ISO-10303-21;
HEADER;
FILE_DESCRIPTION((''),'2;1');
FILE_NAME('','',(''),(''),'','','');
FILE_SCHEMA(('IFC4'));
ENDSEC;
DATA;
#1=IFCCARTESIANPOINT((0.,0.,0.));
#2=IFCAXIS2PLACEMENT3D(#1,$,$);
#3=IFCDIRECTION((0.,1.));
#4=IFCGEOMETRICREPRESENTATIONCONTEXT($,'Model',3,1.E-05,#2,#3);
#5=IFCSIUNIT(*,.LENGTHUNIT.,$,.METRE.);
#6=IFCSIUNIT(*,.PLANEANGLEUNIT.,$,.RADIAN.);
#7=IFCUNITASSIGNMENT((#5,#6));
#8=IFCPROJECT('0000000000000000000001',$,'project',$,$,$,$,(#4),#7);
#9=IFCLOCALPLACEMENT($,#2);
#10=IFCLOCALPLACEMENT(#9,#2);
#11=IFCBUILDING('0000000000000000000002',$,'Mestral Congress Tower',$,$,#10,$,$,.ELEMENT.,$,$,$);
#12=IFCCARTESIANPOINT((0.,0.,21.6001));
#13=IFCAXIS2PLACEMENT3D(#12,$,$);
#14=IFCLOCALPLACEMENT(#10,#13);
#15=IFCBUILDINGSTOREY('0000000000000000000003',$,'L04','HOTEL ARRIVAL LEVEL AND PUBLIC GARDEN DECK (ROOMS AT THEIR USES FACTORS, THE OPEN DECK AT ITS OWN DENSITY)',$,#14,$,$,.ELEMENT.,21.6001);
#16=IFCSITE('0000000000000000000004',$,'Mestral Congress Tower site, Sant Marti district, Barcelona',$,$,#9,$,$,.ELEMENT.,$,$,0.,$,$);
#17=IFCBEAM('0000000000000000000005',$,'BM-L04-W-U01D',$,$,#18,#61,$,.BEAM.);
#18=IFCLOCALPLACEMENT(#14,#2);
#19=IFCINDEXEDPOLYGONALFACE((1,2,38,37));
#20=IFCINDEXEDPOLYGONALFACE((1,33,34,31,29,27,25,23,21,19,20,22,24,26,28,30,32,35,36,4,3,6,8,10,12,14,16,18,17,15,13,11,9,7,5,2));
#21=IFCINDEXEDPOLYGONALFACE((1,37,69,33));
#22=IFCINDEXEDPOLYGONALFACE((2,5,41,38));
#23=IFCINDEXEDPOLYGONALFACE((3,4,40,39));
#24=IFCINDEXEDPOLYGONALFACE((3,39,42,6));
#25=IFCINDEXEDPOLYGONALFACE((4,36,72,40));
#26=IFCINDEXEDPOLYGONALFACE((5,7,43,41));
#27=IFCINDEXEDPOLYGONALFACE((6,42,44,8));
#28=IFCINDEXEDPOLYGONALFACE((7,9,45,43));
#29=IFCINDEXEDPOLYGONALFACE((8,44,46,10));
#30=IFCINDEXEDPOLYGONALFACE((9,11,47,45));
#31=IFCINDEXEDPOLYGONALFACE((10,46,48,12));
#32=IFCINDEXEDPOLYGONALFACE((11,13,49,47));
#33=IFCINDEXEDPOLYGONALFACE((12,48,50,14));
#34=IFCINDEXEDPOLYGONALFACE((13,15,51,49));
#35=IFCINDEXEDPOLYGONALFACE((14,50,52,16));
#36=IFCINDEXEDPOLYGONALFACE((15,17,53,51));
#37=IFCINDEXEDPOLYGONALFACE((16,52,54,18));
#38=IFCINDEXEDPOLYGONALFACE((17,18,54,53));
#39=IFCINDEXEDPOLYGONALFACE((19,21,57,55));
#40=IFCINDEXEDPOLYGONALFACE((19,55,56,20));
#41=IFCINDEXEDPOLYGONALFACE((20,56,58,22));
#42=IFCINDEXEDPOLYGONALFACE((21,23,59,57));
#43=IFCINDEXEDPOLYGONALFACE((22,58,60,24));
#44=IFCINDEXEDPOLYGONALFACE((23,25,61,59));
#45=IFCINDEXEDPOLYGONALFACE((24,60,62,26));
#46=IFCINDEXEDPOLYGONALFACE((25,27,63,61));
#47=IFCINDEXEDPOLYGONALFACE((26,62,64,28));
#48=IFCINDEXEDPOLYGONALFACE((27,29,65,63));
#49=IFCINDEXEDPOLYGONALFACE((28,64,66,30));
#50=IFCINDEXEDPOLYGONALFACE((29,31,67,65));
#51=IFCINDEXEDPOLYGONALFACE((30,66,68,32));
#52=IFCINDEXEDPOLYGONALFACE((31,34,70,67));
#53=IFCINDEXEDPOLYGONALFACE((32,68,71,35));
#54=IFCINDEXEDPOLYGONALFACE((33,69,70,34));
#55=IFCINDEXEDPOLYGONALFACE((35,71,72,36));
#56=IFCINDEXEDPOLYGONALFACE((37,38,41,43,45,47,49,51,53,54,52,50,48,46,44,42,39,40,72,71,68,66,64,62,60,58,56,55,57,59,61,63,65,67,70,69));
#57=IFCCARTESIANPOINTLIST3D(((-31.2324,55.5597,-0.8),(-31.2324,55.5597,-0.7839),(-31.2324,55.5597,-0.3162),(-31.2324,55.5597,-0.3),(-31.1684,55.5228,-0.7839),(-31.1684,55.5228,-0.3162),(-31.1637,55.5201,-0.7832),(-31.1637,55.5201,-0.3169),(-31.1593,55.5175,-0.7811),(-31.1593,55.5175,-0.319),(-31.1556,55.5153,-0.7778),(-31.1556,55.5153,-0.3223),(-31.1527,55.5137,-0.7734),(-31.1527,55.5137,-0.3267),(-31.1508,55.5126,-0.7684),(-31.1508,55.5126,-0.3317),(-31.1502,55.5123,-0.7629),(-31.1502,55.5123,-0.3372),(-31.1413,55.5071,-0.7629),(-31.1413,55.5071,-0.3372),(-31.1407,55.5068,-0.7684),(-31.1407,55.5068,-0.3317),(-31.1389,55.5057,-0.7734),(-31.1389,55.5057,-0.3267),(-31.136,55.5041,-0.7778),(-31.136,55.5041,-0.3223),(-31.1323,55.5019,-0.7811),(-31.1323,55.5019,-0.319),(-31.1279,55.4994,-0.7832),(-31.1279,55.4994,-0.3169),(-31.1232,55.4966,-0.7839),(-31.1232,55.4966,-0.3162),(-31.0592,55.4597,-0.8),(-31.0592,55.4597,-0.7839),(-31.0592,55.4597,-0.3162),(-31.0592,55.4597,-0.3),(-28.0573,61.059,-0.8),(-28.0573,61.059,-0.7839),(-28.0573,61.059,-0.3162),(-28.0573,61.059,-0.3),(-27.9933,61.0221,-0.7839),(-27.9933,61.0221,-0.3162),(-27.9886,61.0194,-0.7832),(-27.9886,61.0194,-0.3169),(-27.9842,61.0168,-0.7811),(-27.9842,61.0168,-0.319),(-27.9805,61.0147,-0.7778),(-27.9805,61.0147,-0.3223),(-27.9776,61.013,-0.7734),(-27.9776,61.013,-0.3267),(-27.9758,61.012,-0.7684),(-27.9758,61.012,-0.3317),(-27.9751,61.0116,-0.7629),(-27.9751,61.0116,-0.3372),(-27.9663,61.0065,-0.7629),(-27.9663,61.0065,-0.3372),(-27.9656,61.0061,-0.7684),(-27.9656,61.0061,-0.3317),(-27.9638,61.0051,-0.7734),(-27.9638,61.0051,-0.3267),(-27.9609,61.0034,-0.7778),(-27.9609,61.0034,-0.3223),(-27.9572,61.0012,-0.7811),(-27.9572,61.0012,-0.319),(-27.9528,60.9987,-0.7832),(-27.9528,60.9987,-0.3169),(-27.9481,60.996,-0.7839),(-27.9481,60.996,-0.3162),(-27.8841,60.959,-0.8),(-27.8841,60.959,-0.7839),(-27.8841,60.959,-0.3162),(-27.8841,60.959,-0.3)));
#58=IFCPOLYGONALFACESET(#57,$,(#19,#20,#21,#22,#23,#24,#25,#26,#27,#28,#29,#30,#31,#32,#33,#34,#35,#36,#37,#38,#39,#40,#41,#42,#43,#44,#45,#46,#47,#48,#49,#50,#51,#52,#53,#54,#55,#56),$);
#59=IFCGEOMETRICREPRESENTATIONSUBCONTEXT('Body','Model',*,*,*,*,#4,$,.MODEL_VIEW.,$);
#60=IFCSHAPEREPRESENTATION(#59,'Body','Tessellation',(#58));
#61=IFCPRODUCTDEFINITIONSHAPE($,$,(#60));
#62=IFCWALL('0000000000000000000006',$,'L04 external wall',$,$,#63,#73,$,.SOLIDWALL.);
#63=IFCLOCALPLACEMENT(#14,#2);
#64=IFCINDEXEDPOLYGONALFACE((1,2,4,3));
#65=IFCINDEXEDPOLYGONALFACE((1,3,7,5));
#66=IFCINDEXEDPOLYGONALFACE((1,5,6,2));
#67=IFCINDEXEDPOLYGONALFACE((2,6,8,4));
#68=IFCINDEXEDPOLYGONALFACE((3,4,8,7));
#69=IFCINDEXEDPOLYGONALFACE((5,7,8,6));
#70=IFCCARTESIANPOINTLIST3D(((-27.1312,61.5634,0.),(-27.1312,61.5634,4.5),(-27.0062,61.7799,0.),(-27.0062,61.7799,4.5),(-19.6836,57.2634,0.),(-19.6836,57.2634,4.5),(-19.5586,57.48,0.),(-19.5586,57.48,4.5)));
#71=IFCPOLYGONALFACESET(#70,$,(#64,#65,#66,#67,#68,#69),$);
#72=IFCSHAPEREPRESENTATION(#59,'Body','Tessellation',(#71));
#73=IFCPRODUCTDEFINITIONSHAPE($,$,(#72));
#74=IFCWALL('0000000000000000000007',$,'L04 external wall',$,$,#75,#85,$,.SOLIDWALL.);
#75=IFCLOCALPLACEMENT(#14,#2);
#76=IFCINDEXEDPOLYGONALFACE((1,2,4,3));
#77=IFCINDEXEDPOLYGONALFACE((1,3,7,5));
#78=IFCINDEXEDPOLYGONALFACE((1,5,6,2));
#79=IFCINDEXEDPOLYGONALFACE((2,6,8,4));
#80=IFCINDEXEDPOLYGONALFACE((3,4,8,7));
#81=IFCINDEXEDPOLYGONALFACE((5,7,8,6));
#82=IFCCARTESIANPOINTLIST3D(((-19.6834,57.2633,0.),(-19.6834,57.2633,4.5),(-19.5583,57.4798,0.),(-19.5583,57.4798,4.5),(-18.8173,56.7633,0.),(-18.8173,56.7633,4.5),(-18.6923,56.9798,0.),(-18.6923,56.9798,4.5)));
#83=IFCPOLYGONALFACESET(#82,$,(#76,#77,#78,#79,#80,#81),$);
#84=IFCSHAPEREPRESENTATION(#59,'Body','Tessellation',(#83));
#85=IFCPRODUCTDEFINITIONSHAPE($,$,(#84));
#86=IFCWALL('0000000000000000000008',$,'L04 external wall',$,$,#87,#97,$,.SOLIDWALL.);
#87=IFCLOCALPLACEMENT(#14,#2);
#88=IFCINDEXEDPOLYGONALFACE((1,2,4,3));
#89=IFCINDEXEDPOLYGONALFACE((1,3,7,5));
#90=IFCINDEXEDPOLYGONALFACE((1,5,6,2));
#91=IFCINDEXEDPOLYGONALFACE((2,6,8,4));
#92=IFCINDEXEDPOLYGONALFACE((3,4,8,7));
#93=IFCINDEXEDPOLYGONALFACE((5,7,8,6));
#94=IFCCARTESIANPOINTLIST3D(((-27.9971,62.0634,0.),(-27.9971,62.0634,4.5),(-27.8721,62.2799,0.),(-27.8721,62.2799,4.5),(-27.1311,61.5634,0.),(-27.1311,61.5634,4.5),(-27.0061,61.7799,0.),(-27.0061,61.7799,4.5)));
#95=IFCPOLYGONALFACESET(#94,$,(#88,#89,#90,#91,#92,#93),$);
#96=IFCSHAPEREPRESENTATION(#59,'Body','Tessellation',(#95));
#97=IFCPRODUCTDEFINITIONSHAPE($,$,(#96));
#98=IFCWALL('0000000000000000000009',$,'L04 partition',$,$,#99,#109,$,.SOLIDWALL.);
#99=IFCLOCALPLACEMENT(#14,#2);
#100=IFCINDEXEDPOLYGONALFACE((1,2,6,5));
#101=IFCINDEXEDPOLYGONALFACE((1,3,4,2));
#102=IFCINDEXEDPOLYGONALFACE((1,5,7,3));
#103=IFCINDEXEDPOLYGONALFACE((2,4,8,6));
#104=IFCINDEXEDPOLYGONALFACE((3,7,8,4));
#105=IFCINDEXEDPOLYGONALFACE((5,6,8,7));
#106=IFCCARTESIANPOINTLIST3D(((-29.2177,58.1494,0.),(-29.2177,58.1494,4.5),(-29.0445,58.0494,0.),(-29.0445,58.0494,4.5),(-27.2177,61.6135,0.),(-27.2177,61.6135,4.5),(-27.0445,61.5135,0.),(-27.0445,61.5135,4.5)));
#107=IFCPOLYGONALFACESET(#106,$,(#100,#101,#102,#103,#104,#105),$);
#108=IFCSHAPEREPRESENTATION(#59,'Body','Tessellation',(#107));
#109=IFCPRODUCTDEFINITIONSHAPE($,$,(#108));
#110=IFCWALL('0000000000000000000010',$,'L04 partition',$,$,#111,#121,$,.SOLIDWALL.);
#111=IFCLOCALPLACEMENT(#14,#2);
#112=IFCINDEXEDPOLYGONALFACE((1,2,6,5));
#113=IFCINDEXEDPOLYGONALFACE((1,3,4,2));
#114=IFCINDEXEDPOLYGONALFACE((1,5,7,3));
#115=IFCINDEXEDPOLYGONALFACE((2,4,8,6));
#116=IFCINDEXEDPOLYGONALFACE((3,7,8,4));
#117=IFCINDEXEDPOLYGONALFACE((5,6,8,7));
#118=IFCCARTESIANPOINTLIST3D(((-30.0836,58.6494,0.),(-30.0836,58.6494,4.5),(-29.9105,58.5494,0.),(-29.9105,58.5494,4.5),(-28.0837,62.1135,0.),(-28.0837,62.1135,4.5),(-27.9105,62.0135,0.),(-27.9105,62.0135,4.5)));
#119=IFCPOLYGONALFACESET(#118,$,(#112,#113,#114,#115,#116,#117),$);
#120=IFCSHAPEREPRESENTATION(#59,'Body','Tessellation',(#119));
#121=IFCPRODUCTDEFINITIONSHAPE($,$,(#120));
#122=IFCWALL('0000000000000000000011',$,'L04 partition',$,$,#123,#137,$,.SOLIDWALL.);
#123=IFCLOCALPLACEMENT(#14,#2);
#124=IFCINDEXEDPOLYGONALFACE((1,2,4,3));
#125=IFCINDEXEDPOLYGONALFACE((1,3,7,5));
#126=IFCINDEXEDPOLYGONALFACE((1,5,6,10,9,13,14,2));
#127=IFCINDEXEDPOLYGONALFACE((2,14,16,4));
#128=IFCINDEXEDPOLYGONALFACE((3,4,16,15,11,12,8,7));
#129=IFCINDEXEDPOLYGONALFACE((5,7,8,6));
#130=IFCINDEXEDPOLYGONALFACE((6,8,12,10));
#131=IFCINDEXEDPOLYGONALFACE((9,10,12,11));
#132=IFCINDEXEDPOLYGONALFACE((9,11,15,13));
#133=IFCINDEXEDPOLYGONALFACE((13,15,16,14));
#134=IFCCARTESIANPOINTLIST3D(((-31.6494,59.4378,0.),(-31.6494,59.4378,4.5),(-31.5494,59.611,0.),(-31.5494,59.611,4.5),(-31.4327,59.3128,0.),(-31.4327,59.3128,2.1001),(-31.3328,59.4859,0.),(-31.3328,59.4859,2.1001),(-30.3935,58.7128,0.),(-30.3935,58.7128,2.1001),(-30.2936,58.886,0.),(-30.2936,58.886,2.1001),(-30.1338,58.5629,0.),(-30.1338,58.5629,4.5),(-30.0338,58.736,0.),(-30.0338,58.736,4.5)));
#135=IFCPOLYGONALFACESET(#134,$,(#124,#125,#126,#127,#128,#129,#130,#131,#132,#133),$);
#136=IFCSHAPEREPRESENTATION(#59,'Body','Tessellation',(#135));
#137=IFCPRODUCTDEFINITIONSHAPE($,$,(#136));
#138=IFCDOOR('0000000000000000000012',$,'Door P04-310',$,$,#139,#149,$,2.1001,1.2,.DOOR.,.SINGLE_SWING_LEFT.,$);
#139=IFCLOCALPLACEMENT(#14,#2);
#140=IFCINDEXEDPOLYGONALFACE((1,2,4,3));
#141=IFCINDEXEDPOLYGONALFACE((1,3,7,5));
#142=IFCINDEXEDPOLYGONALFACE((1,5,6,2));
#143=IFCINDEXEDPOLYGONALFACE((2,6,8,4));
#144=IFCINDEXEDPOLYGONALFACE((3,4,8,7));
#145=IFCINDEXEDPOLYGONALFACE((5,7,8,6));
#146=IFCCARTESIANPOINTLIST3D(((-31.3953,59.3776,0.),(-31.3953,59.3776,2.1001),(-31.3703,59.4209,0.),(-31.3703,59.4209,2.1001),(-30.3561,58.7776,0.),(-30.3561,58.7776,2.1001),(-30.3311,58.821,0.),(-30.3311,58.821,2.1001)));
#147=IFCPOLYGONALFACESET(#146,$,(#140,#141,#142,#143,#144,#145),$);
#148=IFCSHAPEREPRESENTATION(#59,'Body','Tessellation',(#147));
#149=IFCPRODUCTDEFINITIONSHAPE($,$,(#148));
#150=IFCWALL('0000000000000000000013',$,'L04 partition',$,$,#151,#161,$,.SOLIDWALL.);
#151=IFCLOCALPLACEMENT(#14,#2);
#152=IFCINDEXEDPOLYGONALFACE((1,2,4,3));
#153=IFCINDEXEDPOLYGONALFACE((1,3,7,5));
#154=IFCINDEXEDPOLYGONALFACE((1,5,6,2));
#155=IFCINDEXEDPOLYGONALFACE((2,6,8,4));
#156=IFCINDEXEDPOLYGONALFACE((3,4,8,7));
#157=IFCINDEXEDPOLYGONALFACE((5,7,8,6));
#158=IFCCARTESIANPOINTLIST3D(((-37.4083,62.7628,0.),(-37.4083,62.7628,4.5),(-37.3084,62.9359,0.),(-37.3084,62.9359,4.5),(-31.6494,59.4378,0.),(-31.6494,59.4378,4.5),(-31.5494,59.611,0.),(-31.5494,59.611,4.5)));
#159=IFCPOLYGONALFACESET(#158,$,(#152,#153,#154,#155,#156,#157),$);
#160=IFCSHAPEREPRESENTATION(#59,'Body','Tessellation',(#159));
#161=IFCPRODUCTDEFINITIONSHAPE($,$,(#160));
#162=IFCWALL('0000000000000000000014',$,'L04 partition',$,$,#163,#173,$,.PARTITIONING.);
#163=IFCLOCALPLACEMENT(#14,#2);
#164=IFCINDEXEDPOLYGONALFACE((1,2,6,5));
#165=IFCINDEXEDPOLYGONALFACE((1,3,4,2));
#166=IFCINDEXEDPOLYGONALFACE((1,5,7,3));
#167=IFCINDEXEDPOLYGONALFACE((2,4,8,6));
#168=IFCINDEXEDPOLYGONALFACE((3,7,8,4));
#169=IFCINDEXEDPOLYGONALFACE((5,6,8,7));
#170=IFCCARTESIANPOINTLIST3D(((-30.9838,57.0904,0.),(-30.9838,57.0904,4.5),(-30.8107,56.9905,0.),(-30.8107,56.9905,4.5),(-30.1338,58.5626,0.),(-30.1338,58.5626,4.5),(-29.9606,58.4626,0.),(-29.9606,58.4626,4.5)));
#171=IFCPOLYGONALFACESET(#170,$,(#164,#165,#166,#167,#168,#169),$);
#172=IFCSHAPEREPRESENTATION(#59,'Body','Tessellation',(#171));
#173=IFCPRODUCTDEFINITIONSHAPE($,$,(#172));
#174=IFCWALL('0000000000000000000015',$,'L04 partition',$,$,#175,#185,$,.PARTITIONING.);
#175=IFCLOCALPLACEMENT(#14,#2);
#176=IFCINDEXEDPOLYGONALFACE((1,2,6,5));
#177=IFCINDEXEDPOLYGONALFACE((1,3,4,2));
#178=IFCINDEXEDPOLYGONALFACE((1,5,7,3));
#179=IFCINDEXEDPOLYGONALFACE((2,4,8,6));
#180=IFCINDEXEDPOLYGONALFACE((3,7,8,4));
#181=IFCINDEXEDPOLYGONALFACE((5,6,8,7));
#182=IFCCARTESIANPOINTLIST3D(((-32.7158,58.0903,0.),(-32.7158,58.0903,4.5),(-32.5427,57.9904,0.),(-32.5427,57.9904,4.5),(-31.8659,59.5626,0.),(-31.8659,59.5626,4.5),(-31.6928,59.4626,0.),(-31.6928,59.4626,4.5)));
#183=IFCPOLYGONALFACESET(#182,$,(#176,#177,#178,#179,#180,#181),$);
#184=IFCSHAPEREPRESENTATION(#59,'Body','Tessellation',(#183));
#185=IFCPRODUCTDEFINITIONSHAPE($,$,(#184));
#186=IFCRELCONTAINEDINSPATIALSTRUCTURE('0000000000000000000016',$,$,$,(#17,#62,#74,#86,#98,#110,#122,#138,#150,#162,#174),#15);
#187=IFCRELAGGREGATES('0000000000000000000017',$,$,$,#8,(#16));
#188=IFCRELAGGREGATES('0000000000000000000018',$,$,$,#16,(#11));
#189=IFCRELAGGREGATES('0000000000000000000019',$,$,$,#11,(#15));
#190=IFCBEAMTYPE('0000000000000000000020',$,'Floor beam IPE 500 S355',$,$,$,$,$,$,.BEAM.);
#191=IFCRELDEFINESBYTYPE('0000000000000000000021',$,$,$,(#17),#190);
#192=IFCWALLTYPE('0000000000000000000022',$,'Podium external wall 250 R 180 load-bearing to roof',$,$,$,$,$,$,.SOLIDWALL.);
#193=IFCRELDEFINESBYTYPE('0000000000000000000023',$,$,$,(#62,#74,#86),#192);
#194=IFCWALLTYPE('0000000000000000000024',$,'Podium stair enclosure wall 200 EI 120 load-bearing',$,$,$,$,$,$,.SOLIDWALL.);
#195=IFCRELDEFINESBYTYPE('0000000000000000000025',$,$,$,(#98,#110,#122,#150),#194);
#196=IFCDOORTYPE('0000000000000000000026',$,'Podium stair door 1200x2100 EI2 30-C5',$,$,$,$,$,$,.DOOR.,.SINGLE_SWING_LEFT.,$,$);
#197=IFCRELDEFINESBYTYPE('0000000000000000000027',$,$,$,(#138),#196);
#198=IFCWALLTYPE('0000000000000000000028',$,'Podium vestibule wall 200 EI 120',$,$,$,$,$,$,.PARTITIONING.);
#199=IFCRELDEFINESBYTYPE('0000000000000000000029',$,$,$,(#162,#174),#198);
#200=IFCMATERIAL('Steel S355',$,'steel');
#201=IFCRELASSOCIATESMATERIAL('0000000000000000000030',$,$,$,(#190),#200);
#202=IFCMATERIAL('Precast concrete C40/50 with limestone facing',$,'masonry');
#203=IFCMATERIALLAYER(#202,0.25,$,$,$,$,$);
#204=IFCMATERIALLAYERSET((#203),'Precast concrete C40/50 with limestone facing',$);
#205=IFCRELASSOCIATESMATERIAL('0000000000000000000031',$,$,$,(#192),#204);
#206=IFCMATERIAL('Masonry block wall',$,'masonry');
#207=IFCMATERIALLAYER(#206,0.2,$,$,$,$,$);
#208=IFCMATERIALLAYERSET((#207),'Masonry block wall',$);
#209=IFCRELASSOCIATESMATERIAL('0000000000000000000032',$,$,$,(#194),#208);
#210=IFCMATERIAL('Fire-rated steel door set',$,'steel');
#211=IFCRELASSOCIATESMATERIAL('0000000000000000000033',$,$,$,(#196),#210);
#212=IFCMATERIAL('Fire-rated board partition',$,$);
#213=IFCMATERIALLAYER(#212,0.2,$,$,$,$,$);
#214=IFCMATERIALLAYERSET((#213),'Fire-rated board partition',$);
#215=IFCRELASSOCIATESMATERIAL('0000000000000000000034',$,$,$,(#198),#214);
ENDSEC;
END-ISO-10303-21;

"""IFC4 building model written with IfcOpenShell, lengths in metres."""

from ifc_helpers import new_model, si_unit, direction, frame, frame_2d, origin, origin_2d, place, context, subcontext, project, spatial, rectangle, i_section, extrude, material, layer, layer_set, material_profile, profile_set, type_object, element, fill, save


model = new_model("IFC4")

# Units and contexts
model_context = context("Model", 3, precision=1e-05, world=origin(), true_north=direction((0.0, 1.0)))
body_context = subcontext(model_context, "Body", "Model", "MODEL_VIEW")
ifc_project = project(units=[si_unit("LENGTHUNIT", "METRE"), si_unit("PLANEANGLEUNIT", "RADIAN")], contexts=[model_context])

# Site, building, storey
site_placement = place(None, origin())
site = spatial("IfcSite", under=ifc_project, at=site_placement, Name="Mestral Congress Tower site, Sant Marti district, Barcelona", CompositionType="ELEMENT", RefElevation=0.0)
building_placement = place(site_placement, origin())
building = spatial("IfcBuilding", under=site, at=building_placement, Name="Mestral Congress Tower", CompositionType="ELEMENT")
storey_placement = place(building_placement, frame((0.0, 0.0, 21.6001)))
storey = spatial("IfcBuildingStorey", under=building, at=storey_placement, Name="L04", Description="HOTEL ARRIVAL LEVEL AND PUBLIC GARDEN DECK (ROOMS AT THEIR USES FACTORS, THE OPEN DECK AT ITS OWN DENSITY)", CompositionType="ELEMENT", Elevation=21.6001)

# Beam
ifc_material_1 = material(Name="Steel S355", Category="steel")
ifc_material_profile = material_profile(ifc_material_1, i_section(OverallWidth=0.2, OverallDepth=0.5, WebThickness=0.0103, FlangeThickness=0.0161, FilletRadius=0.021, at=origin_2d()), Name="IPE 500")
ifc_profile_set = profile_set([ifc_material_profile], Name="Steel S355")
beam_type = type_object("IfcBeamType", Name="Floor beam IPE 500 S355", PredefinedType="BEAM", material=ifc_profile_set)
beam_placement = place(storey_placement, frame((-27.9707, 61.009, -0.55), z_axis=(-0.500005, -0.866022, 0.0), x_axis=(0.866022, -0.500005, 0.0)))
element("IfcBeam", 1, at=beam_placement, inside=storey, type_object=beam_type, Name="BM-L04-W-U01D", PredefinedType="BEAM", context=body_context, shape_type="SweptSolid", body=[
    extrude(i_section(OverallWidth=0.2, OverallDepth=0.5, WebThickness=0.0103, FlangeThickness=0.0161, FilletRadius=0.021, at=origin_2d()), origin(), (0.0, 0.0, 1.0), 6.3501),
])

# Walls
ifc_material_2 = material(Name="Precast concrete C40/50 with limestone facing", Category="masonry")
ifc_layer_1 = layer(ifc_material_2, 0.25)
ifc_layer_set_1 = layer_set([ifc_layer_1], Name="Precast concrete C40/50 with limestone facing")
wall_type_1 = type_object("IfcWallType", Name="Podium external wall 250 R 180 load-bearing to roof", PredefinedType="SOLIDWALL", material=ifc_layer_set_1)
wall_1_placement = place(storey_placement, frame((-27.0686, 61.6716, 0.0), z_axis=(0.0, 0.0, 1.0), x_axis=(0.866021, -0.500008, 0.0)))
element("IfcWall", 2, at=wall_1_placement, inside=storey, type_object=wall_type_1, Name="L04 external wall", PredefinedType="SOLIDWALL", context=body_context, shape_type="SweptSolid", body=[
    extrude(rectangle(XDim=8.5999, YDim=0.25, at=frame_2d((4.2998, 0.0))), origin(), (0.0, 0.0, 1.0), 4.5),
])
for number, where, z_axis, x_axis, name in (
    (3, (-19.6208, 57.3716, 0.0), (0.0, 0.0, 1.0), (0.866011, -0.500025, 0.0), "L04 external wall"),
    (4, (-27.9346, 62.1716, 0.0), (0.0, 0.0, 1.0), (0.866011, -0.500025, 0.0), "L04 external wall"),
):
    element("IfcWall", number, at=place(storey_placement, frame(where, z_axis=z_axis, x_axis=x_axis)), inside=storey, type_object=wall_type_1, Name=name, PredefinedType="SOLIDWALL", context=body_context, shape_type="SweptSolid", body=[
        extrude(rectangle(XDim=1.0, YDim=0.25, at=frame_2d((0.5, 0.0))), origin(), (0.0, 0.0, 1.0), 4.5),
    ])
ifc_material_3 = material(Name="Masonry block wall", Category="masonry")
ifc_layer_2 = layer(ifc_material_3, 0.2)
ifc_layer_set_2 = layer_set([ifc_layer_2], Name="Masonry block wall")
wall_type_2 = type_object("IfcWallType", Name="Podium stair enclosure wall 200 EI 120 load-bearing", PredefinedType="SOLIDWALL", material=ifc_layer_set_2)
for number, where, z_axis, x_axis, name in (
    (5, (-27.1311, 61.5635, 0.0), (0.0, 0.0, 1.0), (-0.499999, -0.866026, 0.0), "L04 partition"),
    (6, (-27.9971, 62.0635, 0.0), (0.0, 0.0, 1.0), (-0.499999, -0.866026, 0.0), "L04 partition"),
):
    element("IfcWall", number, at=place(storey_placement, frame(where, z_axis=z_axis, x_axis=x_axis)), inside=storey, type_object=wall_type_2, Name=name, PredefinedType="SOLIDWALL", context=body_context, shape_type="SweptSolid", body=[
        extrude(rectangle(XDim=4.0, YDim=0.2, at=frame_2d((2.0, 0.0))), origin(), (0.0, 0.0, 1.0), 4.5),
    ])

# Wall, opening, door
wall_2_placement = place(storey_placement, frame((-31.5994, 59.5244, 0.0), z_axis=(0.0, 0.0, 1.0), x_axis=(0.866037, -0.49998, 0.0)))
wall_2 = element("IfcWall", 7, at=wall_2_placement, inside=storey, type_object=wall_type_2, Name="L04 partition", PredefinedType="SOLIDWALL", context=body_context, shape_type="SweptSolid", body=[
    extrude(rectangle(XDim=1.75, YDim=0.2, at=frame_2d((0.875, 0.0))), origin(), (0.0, 0.0, 1.0), 4.5),
])
opening_1_placement = place(wall_2_placement, frame((0.25, 0.0, 0.0)))
opening_1 = element("IfcOpeningElement", 8, at=opening_1_placement, cuts=wall_2, PredefinedType="OPENING", context=body_context, shape_type="SweptSolid", body=[
    extrude(rectangle(XDim=1.2, YDim=2.1001, at=frame_2d((0.6001, 1.05))), frame((0.0, 0.1099, 0.0), z_axis=(0.0, -1.0, 0.0), x_axis=(1.0, 0.0, 0.0)), (0.0, 0.0, 1.0), 0.22),
])
ifc_material_4 = material(Name="Fire-rated steel door set", Category="steel")
door_type_1 = type_object("IfcDoorType", Name="Podium stair door 1200x2100 EI2 30-C5", OperationType="SINGLE_SWING_LEFT", PredefinedType="DOOR", material=ifc_material_4)
door_1_placement = place(opening_1_placement, origin())
door_1 = element("IfcDoor", 9, at=door_1_placement, inside=storey, type_object=door_type_1, Name="Door P04-310", OperationType="SINGLE_SWING_LEFT", OverallHeight=2.1001, OverallWidth=1.2, PredefinedType="DOOR", context=body_context, shape_type="SweptSolid", body=[
    extrude(rectangle(XDim=1.2, YDim=2.1001, at=frame_2d((0.6001, 1.05))), frame((0.0, 0.0249, 0.0), z_axis=(0.0, -1.0, 0.0), x_axis=(1.0, 0.0, 0.0)), (0.0, 0.0, 1.0), 0.05),
])
fill(opening_1, door_1)

# Walls
wall_3_placement = place(storey_placement, frame((-31.5994, 59.5244, 0.0), z_axis=(0.0, 0.0, 1.0), x_axis=(-0.866027, 0.499997, 0.0)))
element("IfcWall", 10, at=wall_3_placement, inside=storey, type_object=wall_type_2, Name="L04 partition", PredefinedType="SOLIDWALL", context=body_context, shape_type="SweptSolid", body=[
    extrude(rectangle(XDim=6.6499, YDim=0.2, at=frame_2d((3.325, 0.0))), origin(), (0.0, 0.0, 1.0), 4.5),
])
ifc_material_5 = material(Name="Fire-rated board partition")
ifc_layer_3 = layer(ifc_material_5, 0.2)
ifc_layer_set_3 = layer_set([ifc_layer_3], Name="Fire-rated board partition")
wall_type_3 = type_object("IfcWallType", Name="Podium vestibule wall 200 EI 120", PredefinedType="PARTITIONING", material=ifc_layer_set_3)
for number, where, z_axis, x_axis, name in (
    (11, (-30.0471, 58.5127, 0.0), (0.0, 0.0, 1.0), (-0.500062, -0.865989, 0.0), "L04 partition"),
    (12, (-31.7793, 59.5127, 0.0), (0.0, 0.0, 1.0), (-0.499955, -0.866052, 0.0), "L04 partition"),
):
    element("IfcWall", number, at=place(storey_placement, frame(where, z_axis=z_axis, x_axis=x_axis)), inside=storey, type_object=wall_type_3, Name=name, PredefinedType="PARTITIONING", context=body_context, shape_type="SweptSolid", body=[
        extrude(rectangle(XDim=1.7, YDim=0.2, at=frame_2d((0.8501, 0.0))), origin(), (0.0, 0.0, 1.0), 4.5),
    ])

save(model, "model.ifc")
